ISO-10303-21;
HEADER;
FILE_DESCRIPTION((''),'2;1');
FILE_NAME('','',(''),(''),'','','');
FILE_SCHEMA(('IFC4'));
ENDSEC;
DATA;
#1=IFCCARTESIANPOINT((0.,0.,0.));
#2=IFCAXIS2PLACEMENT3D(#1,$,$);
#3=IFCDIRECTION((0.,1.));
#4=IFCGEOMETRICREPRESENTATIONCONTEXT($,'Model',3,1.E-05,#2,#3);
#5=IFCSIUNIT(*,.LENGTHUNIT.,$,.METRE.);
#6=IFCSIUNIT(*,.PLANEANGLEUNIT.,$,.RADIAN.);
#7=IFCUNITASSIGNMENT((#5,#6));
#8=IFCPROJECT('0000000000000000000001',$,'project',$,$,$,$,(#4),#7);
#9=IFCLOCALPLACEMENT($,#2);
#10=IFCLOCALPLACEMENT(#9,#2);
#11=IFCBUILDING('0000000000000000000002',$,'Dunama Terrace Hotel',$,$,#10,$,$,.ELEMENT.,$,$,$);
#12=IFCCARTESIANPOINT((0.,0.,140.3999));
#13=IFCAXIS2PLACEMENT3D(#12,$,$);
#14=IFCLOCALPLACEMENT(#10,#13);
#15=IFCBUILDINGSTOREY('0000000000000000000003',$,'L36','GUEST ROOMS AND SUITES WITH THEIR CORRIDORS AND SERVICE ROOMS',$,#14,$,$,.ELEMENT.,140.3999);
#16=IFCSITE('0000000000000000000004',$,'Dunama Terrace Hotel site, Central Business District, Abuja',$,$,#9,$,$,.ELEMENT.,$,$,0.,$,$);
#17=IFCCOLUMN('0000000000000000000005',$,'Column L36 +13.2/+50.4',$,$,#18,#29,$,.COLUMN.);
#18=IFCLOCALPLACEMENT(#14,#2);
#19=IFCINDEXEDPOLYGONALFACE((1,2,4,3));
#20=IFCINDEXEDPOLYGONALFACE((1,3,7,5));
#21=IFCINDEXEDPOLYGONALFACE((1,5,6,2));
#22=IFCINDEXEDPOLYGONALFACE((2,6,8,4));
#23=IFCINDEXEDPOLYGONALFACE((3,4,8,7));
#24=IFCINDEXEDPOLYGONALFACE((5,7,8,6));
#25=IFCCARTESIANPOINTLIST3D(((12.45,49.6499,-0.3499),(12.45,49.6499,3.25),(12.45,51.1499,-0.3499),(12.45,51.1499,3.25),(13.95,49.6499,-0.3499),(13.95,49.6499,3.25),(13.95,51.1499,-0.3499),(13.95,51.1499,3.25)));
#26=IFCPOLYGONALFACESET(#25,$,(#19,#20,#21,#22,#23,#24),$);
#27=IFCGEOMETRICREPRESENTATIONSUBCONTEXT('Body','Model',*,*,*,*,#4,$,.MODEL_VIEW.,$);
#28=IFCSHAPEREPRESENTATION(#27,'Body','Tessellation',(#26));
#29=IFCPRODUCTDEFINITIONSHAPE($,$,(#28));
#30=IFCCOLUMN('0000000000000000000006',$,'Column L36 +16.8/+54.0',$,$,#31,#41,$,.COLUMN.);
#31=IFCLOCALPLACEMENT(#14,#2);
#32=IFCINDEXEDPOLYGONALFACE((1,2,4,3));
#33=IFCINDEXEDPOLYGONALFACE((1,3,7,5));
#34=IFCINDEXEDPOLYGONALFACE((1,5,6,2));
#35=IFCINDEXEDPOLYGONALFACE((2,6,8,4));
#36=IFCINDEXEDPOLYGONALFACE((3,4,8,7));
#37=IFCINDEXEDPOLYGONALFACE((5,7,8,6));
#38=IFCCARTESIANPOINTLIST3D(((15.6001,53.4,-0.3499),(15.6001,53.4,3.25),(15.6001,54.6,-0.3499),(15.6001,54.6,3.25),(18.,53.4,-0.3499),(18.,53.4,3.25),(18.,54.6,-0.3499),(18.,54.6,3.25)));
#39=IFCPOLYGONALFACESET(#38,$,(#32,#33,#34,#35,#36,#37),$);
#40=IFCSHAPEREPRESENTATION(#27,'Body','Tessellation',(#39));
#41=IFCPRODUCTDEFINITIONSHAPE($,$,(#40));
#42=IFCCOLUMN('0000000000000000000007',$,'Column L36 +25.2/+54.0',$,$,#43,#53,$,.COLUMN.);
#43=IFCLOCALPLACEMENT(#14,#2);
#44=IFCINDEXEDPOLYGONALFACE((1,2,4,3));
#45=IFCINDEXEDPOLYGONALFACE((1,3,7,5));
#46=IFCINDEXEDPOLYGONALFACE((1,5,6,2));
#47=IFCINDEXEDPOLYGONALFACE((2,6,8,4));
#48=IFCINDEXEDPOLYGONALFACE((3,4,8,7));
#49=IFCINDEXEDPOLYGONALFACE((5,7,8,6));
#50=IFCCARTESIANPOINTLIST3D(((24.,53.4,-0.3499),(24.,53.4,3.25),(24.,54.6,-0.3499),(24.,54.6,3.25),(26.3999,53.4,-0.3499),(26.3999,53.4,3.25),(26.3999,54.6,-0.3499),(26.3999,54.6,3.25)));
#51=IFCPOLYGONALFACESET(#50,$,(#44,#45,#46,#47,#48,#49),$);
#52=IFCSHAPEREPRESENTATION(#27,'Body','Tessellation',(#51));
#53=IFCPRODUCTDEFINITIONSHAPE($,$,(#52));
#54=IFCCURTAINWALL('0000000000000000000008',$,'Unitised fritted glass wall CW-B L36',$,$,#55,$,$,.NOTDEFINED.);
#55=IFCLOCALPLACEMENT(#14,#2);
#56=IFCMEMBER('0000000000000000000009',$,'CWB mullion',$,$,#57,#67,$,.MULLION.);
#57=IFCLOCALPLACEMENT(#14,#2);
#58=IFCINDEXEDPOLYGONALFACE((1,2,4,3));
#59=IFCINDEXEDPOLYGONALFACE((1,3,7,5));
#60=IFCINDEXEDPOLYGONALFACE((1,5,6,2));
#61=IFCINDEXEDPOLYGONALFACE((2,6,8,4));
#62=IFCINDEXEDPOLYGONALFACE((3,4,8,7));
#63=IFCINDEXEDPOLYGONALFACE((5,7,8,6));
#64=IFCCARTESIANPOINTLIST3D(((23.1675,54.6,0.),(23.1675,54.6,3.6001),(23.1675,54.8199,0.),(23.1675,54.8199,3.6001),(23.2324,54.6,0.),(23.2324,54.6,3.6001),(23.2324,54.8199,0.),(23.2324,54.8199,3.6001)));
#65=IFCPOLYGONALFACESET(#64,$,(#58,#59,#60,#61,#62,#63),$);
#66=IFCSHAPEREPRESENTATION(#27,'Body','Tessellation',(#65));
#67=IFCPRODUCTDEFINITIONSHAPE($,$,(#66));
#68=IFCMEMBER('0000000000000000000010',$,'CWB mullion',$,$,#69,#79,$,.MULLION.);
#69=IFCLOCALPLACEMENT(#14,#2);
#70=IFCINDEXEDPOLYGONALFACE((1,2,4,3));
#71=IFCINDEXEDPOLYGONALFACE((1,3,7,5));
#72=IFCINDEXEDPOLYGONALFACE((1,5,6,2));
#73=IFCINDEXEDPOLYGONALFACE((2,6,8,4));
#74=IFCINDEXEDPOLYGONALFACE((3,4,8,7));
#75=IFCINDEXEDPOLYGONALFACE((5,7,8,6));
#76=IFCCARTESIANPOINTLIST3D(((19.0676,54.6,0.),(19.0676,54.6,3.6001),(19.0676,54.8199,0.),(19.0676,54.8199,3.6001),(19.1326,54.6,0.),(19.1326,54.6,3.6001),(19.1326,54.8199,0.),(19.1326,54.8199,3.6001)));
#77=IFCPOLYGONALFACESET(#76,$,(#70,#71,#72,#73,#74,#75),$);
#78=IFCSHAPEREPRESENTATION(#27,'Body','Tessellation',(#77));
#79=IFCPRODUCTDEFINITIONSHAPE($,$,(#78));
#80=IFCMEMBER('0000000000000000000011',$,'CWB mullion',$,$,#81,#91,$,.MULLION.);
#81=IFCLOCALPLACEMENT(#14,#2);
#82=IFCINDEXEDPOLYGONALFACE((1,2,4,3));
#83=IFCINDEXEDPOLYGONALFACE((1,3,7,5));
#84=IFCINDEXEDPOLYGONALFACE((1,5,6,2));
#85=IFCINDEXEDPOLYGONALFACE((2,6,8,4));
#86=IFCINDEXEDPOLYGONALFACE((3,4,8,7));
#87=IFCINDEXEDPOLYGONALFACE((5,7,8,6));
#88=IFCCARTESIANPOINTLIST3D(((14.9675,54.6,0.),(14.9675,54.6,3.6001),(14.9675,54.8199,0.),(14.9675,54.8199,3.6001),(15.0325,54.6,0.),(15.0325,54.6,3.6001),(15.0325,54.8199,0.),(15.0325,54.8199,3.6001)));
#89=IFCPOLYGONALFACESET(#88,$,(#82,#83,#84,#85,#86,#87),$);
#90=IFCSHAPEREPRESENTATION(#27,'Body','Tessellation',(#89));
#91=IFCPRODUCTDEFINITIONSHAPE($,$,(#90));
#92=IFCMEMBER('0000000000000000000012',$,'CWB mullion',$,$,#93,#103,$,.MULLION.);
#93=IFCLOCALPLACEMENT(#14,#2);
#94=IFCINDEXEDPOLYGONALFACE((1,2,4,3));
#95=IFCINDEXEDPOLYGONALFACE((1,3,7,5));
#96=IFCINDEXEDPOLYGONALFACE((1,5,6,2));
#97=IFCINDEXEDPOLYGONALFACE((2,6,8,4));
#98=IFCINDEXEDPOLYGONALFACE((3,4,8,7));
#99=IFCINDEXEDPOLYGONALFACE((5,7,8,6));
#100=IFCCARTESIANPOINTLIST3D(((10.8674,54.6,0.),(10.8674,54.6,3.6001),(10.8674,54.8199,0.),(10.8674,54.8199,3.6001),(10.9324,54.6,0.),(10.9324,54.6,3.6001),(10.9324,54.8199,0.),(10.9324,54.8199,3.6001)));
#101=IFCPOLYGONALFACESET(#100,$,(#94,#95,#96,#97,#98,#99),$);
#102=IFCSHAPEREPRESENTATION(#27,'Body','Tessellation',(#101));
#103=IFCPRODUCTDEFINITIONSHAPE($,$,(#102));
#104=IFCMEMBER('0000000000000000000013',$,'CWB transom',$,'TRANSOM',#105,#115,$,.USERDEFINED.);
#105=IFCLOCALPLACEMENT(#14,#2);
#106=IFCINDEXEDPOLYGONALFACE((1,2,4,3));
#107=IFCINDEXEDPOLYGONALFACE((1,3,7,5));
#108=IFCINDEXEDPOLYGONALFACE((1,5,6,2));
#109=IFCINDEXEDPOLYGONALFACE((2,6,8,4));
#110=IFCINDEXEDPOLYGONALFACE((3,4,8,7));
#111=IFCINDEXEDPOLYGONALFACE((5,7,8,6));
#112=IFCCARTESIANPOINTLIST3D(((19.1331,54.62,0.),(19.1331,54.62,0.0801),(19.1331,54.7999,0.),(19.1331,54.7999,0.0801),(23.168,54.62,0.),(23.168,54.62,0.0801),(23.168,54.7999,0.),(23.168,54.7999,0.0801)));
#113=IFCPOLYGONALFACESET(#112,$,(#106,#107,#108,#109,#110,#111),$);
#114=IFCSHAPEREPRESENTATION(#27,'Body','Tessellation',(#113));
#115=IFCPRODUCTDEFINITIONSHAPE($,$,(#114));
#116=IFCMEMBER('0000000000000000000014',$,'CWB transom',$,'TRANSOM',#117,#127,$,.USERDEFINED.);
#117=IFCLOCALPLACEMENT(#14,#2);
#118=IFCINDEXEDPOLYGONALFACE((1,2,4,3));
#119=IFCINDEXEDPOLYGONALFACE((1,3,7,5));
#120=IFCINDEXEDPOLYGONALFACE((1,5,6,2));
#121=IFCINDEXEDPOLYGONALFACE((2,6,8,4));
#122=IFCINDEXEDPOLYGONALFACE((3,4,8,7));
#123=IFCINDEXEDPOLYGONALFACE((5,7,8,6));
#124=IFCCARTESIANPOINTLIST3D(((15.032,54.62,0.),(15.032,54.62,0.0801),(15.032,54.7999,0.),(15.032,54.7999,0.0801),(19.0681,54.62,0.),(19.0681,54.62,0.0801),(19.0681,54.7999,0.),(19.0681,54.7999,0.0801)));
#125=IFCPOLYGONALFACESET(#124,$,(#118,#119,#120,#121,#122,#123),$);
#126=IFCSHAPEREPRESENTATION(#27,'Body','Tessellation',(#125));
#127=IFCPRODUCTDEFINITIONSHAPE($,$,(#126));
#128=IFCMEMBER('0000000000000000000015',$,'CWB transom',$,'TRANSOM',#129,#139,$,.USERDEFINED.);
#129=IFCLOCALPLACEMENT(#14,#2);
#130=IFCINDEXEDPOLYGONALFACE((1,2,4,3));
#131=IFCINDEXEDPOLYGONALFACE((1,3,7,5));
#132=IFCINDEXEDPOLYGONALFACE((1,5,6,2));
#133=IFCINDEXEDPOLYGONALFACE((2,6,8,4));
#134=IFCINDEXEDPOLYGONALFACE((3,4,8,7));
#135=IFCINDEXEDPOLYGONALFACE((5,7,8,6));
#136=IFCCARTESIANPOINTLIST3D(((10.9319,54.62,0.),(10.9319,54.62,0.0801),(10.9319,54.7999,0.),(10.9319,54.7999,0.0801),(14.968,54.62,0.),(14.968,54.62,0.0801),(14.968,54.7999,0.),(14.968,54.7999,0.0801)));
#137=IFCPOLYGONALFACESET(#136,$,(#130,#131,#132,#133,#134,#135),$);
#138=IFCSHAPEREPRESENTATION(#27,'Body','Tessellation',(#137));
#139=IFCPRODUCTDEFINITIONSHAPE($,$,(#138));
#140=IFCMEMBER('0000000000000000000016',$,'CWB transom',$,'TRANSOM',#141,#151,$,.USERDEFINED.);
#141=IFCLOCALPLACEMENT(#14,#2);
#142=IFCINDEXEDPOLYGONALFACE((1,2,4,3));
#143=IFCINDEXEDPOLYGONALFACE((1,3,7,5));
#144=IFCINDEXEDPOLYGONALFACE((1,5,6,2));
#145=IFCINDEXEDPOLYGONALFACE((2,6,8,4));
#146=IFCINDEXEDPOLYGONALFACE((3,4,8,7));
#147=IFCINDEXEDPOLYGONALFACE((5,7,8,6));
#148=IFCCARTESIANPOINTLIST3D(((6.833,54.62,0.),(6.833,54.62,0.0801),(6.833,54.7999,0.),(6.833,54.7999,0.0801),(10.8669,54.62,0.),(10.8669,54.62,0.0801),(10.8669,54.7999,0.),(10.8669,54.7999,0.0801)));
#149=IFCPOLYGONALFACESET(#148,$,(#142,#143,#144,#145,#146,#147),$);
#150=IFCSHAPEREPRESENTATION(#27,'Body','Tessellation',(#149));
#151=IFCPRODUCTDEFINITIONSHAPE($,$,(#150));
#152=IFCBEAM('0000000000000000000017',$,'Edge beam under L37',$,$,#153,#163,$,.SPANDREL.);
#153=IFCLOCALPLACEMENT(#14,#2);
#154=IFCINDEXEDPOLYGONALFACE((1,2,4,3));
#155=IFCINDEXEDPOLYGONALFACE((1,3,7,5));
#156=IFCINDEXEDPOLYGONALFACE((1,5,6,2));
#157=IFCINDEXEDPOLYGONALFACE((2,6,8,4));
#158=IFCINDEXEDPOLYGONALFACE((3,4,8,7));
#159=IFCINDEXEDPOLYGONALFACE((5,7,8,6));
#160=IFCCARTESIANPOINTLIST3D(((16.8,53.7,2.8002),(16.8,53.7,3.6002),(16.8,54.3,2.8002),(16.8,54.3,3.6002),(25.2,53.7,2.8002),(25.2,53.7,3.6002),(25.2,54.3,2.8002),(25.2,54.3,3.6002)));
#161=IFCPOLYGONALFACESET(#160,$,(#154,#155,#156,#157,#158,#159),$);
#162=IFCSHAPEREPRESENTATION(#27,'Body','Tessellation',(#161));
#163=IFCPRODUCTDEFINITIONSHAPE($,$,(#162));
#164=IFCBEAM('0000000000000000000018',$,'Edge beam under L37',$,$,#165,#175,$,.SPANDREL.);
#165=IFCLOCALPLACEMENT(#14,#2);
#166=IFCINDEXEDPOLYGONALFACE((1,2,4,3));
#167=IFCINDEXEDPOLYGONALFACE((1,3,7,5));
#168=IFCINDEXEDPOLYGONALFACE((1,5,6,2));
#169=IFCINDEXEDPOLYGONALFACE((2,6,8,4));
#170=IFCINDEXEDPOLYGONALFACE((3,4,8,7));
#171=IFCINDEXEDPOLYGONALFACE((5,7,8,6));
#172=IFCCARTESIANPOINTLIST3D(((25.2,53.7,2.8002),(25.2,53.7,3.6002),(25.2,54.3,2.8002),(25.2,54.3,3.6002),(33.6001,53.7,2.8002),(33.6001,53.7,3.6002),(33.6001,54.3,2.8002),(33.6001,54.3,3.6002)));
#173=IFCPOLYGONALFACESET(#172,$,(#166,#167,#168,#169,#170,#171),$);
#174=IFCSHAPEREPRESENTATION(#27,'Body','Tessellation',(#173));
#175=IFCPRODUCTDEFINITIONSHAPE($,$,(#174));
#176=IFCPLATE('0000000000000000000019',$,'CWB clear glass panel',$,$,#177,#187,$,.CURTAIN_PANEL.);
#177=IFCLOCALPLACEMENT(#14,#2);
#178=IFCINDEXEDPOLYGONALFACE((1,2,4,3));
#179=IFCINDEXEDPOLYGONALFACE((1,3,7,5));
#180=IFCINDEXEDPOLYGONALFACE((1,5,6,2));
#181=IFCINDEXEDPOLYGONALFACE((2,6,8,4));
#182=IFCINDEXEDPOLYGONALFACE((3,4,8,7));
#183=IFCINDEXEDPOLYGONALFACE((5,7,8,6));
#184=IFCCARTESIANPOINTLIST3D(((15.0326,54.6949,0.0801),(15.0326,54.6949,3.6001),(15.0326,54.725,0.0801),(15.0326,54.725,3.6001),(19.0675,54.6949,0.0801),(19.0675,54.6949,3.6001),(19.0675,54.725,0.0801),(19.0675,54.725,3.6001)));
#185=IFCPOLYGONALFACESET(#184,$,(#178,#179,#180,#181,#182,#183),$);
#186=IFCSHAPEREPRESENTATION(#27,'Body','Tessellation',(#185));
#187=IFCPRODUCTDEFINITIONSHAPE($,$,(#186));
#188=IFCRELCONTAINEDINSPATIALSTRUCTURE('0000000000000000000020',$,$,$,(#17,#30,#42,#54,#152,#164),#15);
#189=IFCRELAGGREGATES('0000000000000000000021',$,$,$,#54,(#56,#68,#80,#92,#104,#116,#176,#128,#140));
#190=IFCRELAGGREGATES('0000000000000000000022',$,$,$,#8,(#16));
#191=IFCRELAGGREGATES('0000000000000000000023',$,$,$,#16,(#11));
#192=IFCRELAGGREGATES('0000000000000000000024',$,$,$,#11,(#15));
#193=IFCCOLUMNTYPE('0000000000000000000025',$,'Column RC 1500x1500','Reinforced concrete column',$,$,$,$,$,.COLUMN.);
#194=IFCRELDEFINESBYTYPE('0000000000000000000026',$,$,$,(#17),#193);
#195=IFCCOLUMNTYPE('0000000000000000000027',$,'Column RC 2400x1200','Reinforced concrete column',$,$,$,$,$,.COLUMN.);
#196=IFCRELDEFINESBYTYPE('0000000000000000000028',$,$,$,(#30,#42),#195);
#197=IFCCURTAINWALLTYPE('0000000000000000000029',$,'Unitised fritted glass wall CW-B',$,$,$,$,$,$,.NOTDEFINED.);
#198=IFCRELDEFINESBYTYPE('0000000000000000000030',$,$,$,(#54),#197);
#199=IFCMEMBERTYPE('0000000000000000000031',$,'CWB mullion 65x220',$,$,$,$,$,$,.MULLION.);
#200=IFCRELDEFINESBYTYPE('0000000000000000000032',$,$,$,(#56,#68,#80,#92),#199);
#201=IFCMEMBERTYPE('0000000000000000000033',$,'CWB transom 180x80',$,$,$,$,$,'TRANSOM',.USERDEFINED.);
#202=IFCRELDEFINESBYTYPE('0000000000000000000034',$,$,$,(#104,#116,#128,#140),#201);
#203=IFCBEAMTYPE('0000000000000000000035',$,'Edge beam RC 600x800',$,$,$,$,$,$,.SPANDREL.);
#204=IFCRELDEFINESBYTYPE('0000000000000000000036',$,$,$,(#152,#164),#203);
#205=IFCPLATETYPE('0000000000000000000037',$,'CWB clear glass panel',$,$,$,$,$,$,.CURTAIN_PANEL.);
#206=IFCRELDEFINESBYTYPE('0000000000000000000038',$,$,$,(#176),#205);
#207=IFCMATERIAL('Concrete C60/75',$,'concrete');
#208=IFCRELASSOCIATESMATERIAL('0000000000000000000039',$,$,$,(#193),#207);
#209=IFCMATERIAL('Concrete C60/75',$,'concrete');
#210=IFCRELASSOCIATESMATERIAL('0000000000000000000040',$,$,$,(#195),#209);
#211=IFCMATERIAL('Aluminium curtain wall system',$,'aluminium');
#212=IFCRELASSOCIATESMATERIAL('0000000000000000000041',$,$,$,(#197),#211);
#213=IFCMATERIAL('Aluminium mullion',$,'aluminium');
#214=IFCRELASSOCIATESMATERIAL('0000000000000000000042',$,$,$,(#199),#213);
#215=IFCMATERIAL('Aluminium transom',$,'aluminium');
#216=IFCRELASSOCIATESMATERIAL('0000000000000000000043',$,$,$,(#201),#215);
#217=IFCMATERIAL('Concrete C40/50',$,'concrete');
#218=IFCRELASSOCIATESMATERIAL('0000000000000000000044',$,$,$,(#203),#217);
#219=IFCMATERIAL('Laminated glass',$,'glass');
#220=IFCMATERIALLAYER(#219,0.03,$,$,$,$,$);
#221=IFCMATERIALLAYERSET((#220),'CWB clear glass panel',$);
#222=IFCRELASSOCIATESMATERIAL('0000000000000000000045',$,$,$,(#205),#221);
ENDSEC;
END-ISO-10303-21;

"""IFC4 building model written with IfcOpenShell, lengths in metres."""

from ifc_helpers import new_model, si_unit, direction, frame, origin, origin_2d, place, context, subcontext, project, spatial, rectangle, extrude, material, layer, layer_set, material_profile, profile_set, type_object, element, aggregate, save


model = new_model("IFC4")

# Units and contexts
model_context = context("Model", 3, precision=1e-05, world=origin(), true_north=direction((0.0, 1.0)))
body_context = subcontext(model_context, "Body", "Model", "MODEL_VIEW")
ifc_project = project(units=[si_unit("LENGTHUNIT", "METRE"), si_unit("PLANEANGLEUNIT", "RADIAN")], contexts=[model_context])

# Site, building, storey
site_placement = place(None, origin())
site = spatial("IfcSite", under=ifc_project, at=site_placement, Name="Dunama Terrace Hotel site, Central Business District, Abuja", CompositionType="ELEMENT", RefElevation=0.0)
building_placement = place(site_placement, origin())
building = spatial("IfcBuilding", under=site, at=building_placement, Name="Dunama Terrace Hotel", CompositionType="ELEMENT")
storey_placement = place(building_placement, frame((0.0, 0.0, 140.3999)))
storey = spatial("IfcBuildingStorey", under=building, at=storey_placement, Name="L36", Description="GUEST ROOMS AND SUITES WITH THEIR CORRIDORS AND SERVICE ROOMS", CompositionType="ELEMENT", Elevation=140.3999)

# Columns
ifc_material_1 = material(Name="Concrete C60/75", Category="concrete")
ifc_material_profile_1 = material_profile(ifc_material_1, rectangle(XDim=1.5, YDim=1.5, at=origin_2d()), Name="RC 1500x1500")
ifc_profile_set_1 = profile_set([ifc_material_profile_1], Name="Concrete C60/75")
column_type_1 = type_object("IfcColumnType", Name="Column RC 1500x1500", Description="Reinforced concrete column", PredefinedType="COLUMN", material=ifc_profile_set_1)
column_placement = place(storey_placement, frame((13.2, 50.3999, -0.3499), z_axis=(0.0, 0.0, 1.0), x_axis=(1.0, 0.0, 0.0)))
element("IfcColumn", 1, at=column_placement, inside=storey, type_object=column_type_1, Name="Column L36 +13.2/+50.4", PredefinedType="COLUMN", context=body_context, shape_type="SweptSolid", body=[
    extrude(rectangle(XDim=1.5, YDim=1.5, at=origin_2d()), origin(), (0.0, 0.0, 1.0), 3.5999),
])
ifc_material_2 = material(Name="Concrete C60/75", Category="concrete")
ifc_material_profile_2 = material_profile(ifc_material_2, rectangle(XDim=2.3999, YDim=1.2, at=origin_2d()), Name="RC 2400x1200")
ifc_profile_set_2 = profile_set([ifc_material_profile_2], Name="Concrete C60/75")
column_type_2 = type_object("IfcColumnType", Name="Column RC 2400x1200", Description="Reinforced concrete column", PredefinedType="COLUMN", material=ifc_profile_set_2)
for number, where, z_axis, x_axis, name in (
    (2, (16.8, 54.0, -0.3499), (0.0, 0.0, 1.0), (1.0, 0.0, 0.0), "Column L36 +16.8/+54.0"),
    (3, (25.2, 54.0, -0.3499), (0.0, 0.0, 1.0), (1.0, 0.0, 0.0), "Column L36 +25.2/+54.0"),
):
    element("IfcColumn", number, at=place(storey_placement, frame(where, z_axis=z_axis, x_axis=x_axis)), inside=storey, type_object=column_type_2, Name=name, PredefinedType="COLUMN", context=body_context, shape_type="SweptSolid", body=[
        extrude(rectangle(XDim=2.3999, YDim=1.2, at=origin_2d()), origin(), (0.0, 0.0, 1.0), 3.5999),
    ])

# Curtain wall, members
ifc_material_3 = material(Name="Aluminium curtain wall system", Category="aluminium")
curtain_wall_type = type_object("IfcCurtainWallType", Name="Unitised fritted glass wall CW-B", PredefinedType="NOTDEFINED", material=ifc_material_3)
curtain_wall_placement = place(storey_placement, origin())
curtain_wall = element("IfcCurtainWall", 4, at=curtain_wall_placement, inside=storey, type_object=curtain_wall_type, Name="Unitised fritted glass wall CW-B L36", PredefinedType="NOTDEFINED")
ifc_material_4 = material(Name="Aluminium mullion", Category="aluminium")
ifc_material_profile_3 = material_profile(ifc_material_4, rectangle(XDim=0.0649, YDim=0.22, at=origin_2d()), Name="CWB MULLION 65X220")
ifc_profile_set_3 = profile_set([ifc_material_profile_3], Name="Aluminium mullion")
member_type_1 = type_object("IfcMemberType", Name="CWB mullion 65x220", PredefinedType="MULLION", material=ifc_profile_set_3)
member_1_placement = place(storey_placement, frame((23.2, 54.71, 0.0), z_axis=(0.0, 0.0, 1.0), x_axis=(-1.0, 0.0, 0.0)))
member_1 = element("IfcMember", 5, at=member_1_placement, type_object=member_type_1, Name="CWB mullion", PredefinedType="MULLION", context=body_context, shape_type="SweptSolid", body=[
    extrude(rectangle(XDim=0.0649, YDim=0.22, at=origin_2d()), origin(), (0.0, 0.0, 1.0), 3.6001),
])
member_2_placement = place(storey_placement, frame((19.1001, 54.71, 0.0), z_axis=(0.0, 0.0, 1.0), x_axis=(-1.0, 0.0, 0.0)))
member_2 = element("IfcMember", 6, at=member_2_placement, type_object=member_type_1, Name="CWB mullion", PredefinedType="MULLION", context=body_context, shape_type="SweptSolid", body=[
    extrude(rectangle(XDim=0.0649, YDim=0.22, at=origin_2d()), origin(), (0.0, 0.0, 1.0), 3.6001),
])
member_3_placement = place(storey_placement, frame((15.0, 54.71, 0.0), z_axis=(0.0, 0.0, 1.0), x_axis=(-1.0, 0.0, 0.0)))
member_3 = element("IfcMember", 7, at=member_3_placement, type_object=member_type_1, Name="CWB mullion", PredefinedType="MULLION", context=body_context, shape_type="SweptSolid", body=[
    extrude(rectangle(XDim=0.0649, YDim=0.22, at=origin_2d()), origin(), (0.0, 0.0, 1.0), 3.6001),
])
member_4_placement = place(storey_placement, frame((10.8999, 54.71, 0.0), z_axis=(0.0, 0.0, 1.0), x_axis=(-1.0, 0.0, 0.0)))
member_4 = element("IfcMember", 8, at=member_4_placement, type_object=member_type_1, Name="CWB mullion", PredefinedType="MULLION", context=body_context, shape_type="SweptSolid", body=[
    extrude(rectangle(XDim=0.0649, YDim=0.22, at=origin_2d()), origin(), (0.0, 0.0, 1.0), 3.6001),
])
ifc_material_5 = material(Name="Aluminium transom", Category="aluminium")
ifc_material_profile_4 = material_profile(ifc_material_5, rectangle(XDim=0.1799, YDim=0.0801, at=origin_2d()), Name="CWB TRANSOM 180X80")
ifc_profile_set_4 = profile_set([ifc_material_profile_4], Name="Aluminium transom")
member_type_2 = type_object("IfcMemberType", Name="CWB transom 180x80", ElementType="TRANSOM", PredefinedType="USERDEFINED", material=ifc_profile_set_4)
member_5_placement = place(storey_placement, frame((23.168, 54.71, 0.04), z_axis=(-1.0, 0.0, 0.0), x_axis=(0.0, -1.0, 0.0)))
member_5 = element("IfcMember", 9, at=member_5_placement, type_object=member_type_2, Name="CWB transom", ObjectType="TRANSOM", PredefinedType="USERDEFINED", context=body_context, shape_type="SweptSolid", body=[
    extrude(rectangle(XDim=0.1799, YDim=0.0801, at=origin_2d()), origin(), (0.0, 0.0, 1.0), 4.0349),
])
member_6_placement = place(storey_placement, frame((19.0681, 54.71, 0.04), z_axis=(-1.0, 0.0, 0.0), x_axis=(0.0, -1.0, 0.0)))
member_6 = element("IfcMember", 10, at=member_6_placement, type_object=member_type_2, Name="CWB transom", ObjectType="TRANSOM", PredefinedType="USERDEFINED", context=body_context, shape_type="SweptSolid", body=[
    extrude(rectangle(XDim=0.1799, YDim=0.0801, at=origin_2d()), origin(), (0.0, 0.0, 1.0), 4.0361),
])
member_7_placement = place(storey_placement, frame((14.968, 54.71, 0.04), z_axis=(-1.0, 0.0, 0.0), x_axis=(0.0, -1.0, 0.0)))
member_7 = element("IfcMember", 11, at=member_7_placement, type_object=member_type_2, Name="CWB transom", ObjectType="TRANSOM", PredefinedType="USERDEFINED", context=body_context, shape_type="SweptSolid", body=[
    extrude(rectangle(XDim=0.1799, YDim=0.0801, at=origin_2d()), origin(), (0.0, 0.0, 1.0), 4.0361),
])
member_8_placement = place(storey_placement, frame((10.8669, 54.71, 0.04), z_axis=(-1.0, 0.0, 0.0), x_axis=(0.0, -1.0, 0.0)))
member_8 = element("IfcMember", 12, at=member_8_placement, type_object=member_type_2, Name="CWB transom", ObjectType="TRANSOM", PredefinedType="USERDEFINED", context=body_context, shape_type="SweptSolid", body=[
    extrude(rectangle(XDim=0.1799, YDim=0.0801, at=origin_2d()), origin(), (0.0, 0.0, 1.0), 4.0339),
])

# Beams
ifc_material_6 = material(Name="Concrete C40/50", Category="concrete")
ifc_material_profile_5 = material_profile(ifc_material_6, rectangle(XDim=0.6001, YDim=0.8, at=origin_2d()), Name="RC 600x800")
ifc_profile_set_5 = profile_set([ifc_material_profile_5], Name="Concrete C40/50")
beam_type = type_object("IfcBeamType", Name="Edge beam RC 600x800", PredefinedType="SPANDREL", material=ifc_profile_set_5)
beam_1_placement = place(storey_placement, frame((16.8, 54.0, 3.2002), z_axis=(1.0, 0.0, 0.0), x_axis=(0.0, 1.0, 0.0)))
element("IfcBeam", 13, at=beam_1_placement, inside=storey, type_object=beam_type, Name="Edge beam under L37", PredefinedType="SPANDREL", context=body_context, shape_type="SweptSolid", body=[
    extrude(rectangle(XDim=0.6001, YDim=0.8, at=origin_2d()), origin(), (0.0, 0.0, 1.0), 8.3999),
])
beam_2_placement = place(storey_placement, frame((25.2, 54.0, 3.2002), z_axis=(1.0, 0.0, 0.0), x_axis=(0.0, 1.0, 0.0)))
element("IfcBeam", 14, at=beam_2_placement, inside=storey, type_object=beam_type, Name="Edge beam under L37", PredefinedType="SPANDREL", context=body_context, shape_type="SweptSolid", body=[
    extrude(rectangle(XDim=0.6001, YDim=0.8, at=origin_2d()), origin(), (0.0, 0.0, 1.0), 8.4001),
])

# Plate
ifc_material_7 = material(Name="Laminated glass", Category="glass")
ifc_layer_1 = layer(ifc_material_7, 0.03)
ifc_layer_set_1 = layer_set([ifc_layer_1], Name="CWB clear glass panel")
plate_type_1 = type_object("IfcPlateType", Name="CWB clear glass panel", PredefinedType="CURTAIN_PANEL", material=ifc_layer_set_1)
plate_1_placement = place(storey_placement, frame((17.05, 54.71, 0.0801), z_axis=(0.0, 0.0, 1.0), x_axis=(-1.0, 0.0, 0.0)))
plate_1 = element("IfcPlate", 15, at=plate_1_placement, type_object=plate_type_1, Name="CWB clear glass panel", PredefinedType="CURTAIN_PANEL", context=body_context, shape_type="SweptSolid", body=[
    extrude(rectangle(XDim=4.0349, YDim=0.03, at=origin_2d()), origin(), (0.0, 0.0, 1.0), 3.52),
])
aggregate(curtain_wall, [member_1, member_2, member_3, member_4, member_5, member_6, plate_1, member_7, member_8])

save(model, "model.ifc")
